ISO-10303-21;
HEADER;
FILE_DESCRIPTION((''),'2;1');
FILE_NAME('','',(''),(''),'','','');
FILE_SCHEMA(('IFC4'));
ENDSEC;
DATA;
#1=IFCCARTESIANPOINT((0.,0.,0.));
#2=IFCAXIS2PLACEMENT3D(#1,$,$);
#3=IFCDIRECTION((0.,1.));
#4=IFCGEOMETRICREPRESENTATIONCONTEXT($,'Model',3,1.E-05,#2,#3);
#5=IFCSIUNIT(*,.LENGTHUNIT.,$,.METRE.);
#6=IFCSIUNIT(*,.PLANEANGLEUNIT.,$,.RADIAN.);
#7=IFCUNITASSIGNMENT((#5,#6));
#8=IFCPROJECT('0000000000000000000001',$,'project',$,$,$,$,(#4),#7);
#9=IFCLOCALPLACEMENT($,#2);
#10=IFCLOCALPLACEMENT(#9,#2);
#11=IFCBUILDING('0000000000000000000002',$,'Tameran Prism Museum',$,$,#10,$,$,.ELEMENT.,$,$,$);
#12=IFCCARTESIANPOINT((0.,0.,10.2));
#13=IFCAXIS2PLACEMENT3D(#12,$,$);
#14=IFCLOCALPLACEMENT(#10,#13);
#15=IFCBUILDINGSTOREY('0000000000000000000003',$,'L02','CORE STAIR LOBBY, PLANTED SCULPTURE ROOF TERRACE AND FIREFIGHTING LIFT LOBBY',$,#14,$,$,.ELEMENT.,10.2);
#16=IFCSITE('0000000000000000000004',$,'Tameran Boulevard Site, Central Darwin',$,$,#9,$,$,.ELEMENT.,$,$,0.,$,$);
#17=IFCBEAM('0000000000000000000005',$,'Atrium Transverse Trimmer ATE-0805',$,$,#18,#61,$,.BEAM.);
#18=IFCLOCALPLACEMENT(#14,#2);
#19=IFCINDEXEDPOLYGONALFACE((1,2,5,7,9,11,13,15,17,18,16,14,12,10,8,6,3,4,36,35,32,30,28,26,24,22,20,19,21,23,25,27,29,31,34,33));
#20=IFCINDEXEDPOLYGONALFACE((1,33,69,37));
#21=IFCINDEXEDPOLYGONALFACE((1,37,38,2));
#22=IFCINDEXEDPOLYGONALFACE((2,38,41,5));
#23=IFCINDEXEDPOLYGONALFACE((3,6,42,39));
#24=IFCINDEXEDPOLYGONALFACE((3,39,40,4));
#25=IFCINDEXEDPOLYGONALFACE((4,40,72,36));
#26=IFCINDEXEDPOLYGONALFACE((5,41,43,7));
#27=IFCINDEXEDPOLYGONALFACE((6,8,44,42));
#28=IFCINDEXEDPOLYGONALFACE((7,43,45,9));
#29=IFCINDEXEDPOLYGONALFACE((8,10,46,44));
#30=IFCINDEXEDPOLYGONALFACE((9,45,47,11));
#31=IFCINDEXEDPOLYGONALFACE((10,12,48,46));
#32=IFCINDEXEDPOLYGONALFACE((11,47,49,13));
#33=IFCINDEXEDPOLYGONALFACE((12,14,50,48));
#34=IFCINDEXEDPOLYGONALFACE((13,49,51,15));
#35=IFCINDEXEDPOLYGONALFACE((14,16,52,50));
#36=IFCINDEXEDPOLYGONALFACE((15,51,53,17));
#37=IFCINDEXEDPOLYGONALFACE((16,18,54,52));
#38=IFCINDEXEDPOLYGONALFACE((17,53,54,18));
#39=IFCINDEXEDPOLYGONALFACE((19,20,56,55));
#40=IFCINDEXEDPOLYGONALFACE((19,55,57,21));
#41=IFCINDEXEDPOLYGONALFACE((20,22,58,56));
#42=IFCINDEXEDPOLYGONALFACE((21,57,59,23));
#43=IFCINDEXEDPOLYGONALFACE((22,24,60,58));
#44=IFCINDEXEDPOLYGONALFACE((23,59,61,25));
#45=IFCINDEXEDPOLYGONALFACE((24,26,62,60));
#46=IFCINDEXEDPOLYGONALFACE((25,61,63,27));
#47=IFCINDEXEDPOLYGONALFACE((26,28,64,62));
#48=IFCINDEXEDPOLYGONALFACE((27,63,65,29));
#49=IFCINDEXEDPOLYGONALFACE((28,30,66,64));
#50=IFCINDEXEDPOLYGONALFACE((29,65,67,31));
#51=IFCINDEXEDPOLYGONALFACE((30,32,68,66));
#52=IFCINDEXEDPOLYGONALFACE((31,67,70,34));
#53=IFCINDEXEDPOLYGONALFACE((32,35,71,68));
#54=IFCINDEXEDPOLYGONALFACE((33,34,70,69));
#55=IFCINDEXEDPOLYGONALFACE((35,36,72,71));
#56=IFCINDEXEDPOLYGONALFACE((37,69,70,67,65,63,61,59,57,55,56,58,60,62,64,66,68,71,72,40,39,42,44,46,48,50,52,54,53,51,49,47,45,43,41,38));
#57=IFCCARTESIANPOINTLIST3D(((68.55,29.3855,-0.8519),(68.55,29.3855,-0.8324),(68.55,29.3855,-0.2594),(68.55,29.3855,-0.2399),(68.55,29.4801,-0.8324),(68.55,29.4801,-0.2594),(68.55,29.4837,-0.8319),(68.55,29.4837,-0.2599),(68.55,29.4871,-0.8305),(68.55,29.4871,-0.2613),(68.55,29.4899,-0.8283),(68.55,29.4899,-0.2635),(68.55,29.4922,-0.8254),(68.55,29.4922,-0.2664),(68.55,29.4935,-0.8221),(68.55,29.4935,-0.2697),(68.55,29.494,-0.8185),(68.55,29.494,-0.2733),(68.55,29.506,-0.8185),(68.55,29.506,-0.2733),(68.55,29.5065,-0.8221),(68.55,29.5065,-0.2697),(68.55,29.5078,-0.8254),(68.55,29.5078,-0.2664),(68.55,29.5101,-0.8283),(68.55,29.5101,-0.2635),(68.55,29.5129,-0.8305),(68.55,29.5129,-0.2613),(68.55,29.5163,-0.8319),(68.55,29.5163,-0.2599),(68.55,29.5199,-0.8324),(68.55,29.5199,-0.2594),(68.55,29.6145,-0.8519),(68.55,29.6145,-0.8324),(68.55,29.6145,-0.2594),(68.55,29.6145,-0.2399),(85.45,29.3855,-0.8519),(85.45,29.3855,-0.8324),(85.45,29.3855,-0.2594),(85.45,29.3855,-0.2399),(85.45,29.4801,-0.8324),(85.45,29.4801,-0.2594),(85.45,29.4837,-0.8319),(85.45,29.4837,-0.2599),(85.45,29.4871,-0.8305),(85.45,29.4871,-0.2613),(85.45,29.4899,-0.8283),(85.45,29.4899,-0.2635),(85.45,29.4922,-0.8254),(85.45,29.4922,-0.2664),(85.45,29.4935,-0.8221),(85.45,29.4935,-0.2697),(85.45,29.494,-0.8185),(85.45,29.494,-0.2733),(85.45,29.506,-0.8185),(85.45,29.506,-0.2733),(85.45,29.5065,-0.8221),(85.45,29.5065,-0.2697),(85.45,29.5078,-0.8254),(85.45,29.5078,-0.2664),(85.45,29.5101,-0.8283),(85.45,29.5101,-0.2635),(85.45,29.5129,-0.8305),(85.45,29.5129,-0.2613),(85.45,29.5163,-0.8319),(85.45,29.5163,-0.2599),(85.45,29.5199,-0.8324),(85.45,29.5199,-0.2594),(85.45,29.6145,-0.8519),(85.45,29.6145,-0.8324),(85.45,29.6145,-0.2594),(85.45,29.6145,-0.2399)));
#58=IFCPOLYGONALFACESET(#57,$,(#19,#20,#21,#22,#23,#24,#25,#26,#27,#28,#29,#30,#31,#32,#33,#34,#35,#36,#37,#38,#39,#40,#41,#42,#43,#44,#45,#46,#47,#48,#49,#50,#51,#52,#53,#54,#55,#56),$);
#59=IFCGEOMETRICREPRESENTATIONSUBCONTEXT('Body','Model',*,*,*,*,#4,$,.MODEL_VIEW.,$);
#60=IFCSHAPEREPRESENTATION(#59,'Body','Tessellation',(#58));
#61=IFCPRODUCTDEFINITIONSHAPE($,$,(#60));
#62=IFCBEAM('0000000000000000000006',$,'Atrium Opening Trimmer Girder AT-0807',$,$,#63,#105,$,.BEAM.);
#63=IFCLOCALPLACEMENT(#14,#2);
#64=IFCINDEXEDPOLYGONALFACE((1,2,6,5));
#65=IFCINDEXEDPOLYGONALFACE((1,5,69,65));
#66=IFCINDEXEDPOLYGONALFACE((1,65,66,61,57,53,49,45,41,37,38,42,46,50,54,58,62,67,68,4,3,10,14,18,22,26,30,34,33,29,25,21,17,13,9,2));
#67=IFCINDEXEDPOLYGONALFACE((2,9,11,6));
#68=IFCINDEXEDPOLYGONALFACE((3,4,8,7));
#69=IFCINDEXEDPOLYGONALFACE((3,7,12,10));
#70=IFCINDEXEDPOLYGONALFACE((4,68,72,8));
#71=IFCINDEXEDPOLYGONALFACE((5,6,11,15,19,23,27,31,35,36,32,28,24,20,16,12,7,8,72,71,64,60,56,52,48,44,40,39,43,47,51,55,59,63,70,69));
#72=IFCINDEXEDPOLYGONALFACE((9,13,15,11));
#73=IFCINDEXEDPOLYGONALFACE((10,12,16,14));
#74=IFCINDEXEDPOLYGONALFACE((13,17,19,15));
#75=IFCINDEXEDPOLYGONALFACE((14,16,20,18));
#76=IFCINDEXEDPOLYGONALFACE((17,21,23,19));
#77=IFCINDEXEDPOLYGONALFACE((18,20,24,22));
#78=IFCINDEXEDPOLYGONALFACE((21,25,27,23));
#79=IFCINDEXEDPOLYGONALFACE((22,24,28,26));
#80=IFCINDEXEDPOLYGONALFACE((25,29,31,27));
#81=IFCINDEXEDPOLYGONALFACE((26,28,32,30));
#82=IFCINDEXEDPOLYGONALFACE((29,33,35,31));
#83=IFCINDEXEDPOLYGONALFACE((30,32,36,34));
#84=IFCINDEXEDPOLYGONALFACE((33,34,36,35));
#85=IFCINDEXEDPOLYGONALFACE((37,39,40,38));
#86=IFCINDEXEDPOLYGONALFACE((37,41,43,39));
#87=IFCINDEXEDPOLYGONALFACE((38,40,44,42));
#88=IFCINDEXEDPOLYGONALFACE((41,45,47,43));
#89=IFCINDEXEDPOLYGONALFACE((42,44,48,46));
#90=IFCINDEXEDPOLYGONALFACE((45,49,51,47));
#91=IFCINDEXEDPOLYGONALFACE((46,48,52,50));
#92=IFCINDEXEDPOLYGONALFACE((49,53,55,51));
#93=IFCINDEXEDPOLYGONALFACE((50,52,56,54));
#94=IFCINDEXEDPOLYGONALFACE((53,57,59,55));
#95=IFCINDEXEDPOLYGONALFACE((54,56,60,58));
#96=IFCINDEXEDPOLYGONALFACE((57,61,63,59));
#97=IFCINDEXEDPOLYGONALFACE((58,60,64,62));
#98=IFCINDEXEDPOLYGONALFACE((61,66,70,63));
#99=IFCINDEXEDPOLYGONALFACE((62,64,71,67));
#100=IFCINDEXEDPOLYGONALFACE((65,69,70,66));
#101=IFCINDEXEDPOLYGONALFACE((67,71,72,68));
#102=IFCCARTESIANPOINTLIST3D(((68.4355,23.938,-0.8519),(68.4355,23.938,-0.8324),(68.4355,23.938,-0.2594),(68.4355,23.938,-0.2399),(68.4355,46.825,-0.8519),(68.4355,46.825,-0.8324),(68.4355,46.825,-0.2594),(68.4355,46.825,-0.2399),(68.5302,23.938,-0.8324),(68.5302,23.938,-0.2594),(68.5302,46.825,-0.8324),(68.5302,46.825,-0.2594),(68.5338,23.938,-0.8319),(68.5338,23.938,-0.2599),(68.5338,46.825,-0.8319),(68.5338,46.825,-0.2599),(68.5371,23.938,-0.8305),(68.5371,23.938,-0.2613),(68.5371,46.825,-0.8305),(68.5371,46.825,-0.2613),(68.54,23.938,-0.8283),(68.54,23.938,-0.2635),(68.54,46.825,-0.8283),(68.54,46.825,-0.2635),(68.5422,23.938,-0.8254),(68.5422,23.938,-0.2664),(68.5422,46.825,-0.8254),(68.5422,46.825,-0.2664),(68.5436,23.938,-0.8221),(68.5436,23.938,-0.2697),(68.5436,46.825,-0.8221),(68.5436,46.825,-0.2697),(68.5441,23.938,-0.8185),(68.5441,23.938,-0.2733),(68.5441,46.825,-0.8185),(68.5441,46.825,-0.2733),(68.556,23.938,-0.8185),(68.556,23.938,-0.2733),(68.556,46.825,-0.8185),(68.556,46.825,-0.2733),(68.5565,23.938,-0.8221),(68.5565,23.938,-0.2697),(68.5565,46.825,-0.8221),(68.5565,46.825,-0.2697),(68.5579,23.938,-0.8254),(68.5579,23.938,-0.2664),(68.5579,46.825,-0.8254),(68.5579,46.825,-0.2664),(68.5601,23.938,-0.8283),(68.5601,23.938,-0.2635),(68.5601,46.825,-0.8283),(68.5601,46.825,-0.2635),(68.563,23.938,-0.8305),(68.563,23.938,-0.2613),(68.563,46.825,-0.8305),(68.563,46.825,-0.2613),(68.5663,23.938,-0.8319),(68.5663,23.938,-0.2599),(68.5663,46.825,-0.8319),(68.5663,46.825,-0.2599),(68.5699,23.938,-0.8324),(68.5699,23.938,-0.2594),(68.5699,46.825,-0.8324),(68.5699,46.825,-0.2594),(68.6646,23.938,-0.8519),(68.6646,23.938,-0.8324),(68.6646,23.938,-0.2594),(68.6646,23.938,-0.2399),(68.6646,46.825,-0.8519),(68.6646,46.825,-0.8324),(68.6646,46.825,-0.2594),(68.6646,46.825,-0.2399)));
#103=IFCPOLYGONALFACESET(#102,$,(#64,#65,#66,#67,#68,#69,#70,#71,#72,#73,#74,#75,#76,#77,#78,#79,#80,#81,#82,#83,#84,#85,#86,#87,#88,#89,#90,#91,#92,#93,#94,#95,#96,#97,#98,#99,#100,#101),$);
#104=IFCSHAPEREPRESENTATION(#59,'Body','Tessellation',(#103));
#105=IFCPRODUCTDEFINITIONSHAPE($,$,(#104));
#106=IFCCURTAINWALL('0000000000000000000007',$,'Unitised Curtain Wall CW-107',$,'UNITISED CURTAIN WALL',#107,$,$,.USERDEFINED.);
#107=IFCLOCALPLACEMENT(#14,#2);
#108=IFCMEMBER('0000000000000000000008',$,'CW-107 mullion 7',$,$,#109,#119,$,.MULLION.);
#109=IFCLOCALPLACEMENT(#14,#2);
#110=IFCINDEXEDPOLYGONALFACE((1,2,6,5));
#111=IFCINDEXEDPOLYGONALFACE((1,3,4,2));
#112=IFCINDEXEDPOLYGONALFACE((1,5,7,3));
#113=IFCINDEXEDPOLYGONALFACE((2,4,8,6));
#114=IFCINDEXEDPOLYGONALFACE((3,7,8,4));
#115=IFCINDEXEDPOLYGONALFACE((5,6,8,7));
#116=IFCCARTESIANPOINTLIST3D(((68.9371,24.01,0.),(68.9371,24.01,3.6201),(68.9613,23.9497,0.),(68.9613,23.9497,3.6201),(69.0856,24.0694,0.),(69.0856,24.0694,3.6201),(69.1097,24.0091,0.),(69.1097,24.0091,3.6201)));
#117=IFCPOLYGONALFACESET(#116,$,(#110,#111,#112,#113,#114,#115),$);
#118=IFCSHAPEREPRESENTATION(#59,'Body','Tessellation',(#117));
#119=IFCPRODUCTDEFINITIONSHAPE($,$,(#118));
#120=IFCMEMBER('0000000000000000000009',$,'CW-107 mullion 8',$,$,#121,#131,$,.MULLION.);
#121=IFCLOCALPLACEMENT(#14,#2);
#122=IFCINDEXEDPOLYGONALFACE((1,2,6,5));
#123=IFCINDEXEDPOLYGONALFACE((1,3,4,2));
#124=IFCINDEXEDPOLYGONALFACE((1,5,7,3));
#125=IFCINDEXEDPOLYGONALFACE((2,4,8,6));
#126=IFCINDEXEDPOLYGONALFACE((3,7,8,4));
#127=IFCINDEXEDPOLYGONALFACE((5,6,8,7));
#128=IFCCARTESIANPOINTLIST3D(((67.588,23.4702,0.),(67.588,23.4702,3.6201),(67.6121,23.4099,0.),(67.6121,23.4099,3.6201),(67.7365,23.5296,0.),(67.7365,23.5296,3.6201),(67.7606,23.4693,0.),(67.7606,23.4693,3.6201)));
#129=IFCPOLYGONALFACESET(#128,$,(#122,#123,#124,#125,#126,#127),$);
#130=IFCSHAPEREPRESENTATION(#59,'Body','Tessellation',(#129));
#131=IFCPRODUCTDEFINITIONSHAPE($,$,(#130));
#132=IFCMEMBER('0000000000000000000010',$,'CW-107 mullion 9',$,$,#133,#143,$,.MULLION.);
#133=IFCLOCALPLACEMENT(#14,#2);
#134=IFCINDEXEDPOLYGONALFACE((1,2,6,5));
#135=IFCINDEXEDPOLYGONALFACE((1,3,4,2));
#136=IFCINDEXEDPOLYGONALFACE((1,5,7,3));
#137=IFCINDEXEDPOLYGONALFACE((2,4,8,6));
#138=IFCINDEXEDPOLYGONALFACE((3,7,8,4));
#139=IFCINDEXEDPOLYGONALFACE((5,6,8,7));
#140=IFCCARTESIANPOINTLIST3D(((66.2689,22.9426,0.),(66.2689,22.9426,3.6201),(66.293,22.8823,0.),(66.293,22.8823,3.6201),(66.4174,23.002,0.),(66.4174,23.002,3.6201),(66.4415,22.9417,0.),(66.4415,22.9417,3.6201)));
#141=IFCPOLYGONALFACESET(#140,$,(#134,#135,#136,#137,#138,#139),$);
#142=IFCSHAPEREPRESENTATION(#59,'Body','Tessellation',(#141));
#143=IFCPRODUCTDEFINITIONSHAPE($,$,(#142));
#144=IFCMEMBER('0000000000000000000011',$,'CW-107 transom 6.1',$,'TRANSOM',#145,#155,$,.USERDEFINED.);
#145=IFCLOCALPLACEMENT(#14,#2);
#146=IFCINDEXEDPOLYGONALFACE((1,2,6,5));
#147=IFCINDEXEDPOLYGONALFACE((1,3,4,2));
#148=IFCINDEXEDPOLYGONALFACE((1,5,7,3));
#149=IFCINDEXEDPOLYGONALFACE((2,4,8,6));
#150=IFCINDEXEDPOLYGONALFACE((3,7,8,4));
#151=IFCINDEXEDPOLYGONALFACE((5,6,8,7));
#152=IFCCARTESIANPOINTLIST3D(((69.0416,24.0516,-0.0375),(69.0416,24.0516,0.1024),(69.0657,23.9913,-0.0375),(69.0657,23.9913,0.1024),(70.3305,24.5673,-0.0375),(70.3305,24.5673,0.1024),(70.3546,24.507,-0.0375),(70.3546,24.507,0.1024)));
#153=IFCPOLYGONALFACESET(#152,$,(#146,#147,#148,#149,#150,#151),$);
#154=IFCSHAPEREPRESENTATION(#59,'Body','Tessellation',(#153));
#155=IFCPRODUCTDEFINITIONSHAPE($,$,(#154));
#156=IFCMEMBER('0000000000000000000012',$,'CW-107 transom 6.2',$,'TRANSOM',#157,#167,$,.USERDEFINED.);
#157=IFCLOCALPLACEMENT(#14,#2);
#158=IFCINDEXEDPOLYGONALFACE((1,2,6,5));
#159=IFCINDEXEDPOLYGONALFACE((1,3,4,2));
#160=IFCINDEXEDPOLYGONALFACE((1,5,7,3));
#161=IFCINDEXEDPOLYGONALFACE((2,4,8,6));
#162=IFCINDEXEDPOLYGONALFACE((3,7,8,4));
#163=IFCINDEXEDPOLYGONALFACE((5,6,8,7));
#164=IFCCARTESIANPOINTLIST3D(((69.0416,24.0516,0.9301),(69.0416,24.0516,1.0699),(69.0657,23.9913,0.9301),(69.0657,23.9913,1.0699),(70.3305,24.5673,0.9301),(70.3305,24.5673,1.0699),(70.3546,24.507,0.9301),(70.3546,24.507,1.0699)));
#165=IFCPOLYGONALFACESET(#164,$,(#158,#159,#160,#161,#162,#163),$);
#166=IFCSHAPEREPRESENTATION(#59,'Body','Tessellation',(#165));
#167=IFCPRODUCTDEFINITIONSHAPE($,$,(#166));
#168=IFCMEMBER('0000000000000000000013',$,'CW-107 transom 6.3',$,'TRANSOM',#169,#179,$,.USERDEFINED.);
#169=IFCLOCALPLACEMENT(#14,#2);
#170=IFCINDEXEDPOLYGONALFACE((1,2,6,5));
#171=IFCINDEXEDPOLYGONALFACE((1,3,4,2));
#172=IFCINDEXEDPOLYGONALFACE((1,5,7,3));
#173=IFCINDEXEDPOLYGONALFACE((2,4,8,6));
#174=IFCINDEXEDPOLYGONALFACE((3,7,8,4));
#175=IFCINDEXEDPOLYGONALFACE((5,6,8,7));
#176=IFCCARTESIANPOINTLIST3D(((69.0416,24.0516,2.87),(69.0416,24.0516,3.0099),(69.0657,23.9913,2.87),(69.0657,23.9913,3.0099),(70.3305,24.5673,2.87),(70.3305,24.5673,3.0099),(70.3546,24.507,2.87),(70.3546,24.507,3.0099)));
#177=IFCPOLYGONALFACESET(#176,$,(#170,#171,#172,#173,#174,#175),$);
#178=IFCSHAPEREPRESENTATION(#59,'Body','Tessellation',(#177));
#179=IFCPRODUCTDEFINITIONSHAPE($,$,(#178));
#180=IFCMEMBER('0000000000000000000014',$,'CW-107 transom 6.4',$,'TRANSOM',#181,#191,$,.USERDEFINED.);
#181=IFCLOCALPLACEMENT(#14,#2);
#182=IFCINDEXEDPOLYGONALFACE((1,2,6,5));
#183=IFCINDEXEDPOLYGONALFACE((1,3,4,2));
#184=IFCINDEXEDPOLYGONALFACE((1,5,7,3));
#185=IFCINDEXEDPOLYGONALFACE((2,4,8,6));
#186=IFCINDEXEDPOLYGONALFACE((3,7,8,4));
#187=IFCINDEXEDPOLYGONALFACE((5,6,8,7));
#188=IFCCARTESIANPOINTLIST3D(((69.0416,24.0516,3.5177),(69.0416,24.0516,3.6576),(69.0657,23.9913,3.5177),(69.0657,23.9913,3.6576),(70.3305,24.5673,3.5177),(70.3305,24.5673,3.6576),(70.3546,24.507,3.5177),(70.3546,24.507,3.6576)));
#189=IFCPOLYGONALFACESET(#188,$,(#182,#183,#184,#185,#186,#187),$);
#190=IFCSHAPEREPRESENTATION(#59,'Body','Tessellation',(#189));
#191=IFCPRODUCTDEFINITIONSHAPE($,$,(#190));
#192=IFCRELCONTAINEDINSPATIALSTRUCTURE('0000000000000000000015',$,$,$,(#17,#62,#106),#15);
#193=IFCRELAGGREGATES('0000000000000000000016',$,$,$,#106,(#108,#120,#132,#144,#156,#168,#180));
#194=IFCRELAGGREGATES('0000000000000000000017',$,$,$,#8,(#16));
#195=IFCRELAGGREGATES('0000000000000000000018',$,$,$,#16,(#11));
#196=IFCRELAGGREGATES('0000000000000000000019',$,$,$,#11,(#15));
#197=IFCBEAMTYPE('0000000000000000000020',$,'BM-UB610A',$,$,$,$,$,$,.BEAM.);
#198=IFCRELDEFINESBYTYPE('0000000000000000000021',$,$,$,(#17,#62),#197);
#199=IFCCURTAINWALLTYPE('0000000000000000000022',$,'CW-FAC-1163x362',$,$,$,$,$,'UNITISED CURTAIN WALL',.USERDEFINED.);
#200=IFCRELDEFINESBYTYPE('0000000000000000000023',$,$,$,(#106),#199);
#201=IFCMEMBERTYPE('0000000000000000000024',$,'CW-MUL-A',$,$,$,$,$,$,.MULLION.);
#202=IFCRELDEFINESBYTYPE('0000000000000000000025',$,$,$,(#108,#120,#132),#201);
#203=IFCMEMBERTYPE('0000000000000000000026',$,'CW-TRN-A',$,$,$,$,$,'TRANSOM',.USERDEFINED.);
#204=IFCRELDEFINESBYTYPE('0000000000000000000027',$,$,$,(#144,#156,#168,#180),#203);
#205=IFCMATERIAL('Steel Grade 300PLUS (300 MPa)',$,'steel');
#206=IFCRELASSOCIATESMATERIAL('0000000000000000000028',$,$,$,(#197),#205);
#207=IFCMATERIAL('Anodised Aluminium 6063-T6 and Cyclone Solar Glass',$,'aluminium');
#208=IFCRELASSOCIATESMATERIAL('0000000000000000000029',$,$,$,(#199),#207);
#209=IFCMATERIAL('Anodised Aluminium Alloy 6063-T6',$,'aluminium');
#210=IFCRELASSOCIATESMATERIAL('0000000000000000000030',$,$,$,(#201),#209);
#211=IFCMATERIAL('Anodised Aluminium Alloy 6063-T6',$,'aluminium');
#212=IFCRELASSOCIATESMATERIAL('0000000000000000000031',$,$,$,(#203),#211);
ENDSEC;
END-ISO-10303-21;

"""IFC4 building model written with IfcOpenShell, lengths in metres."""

from ifc_helpers import new_model, si_unit, direction, frame, origin, origin_2d, place, context, subcontext, project, spatial, rectangle, i_section, extrude, material, material_profile, profile_set, type_object, element, aggregate, save


model = new_model("IFC4")

# Units and contexts
model_context = context("Model", 3, precision=1e-05, world=origin(), true_north=direction((0.0, 1.0)))
body_context = subcontext(model_context, "Body", "Model", "MODEL_VIEW")
ifc_project = project(units=[si_unit("LENGTHUNIT", "METRE"), si_unit("PLANEANGLEUNIT", "RADIAN")], contexts=[model_context])

# Site, building, storey
site_placement = place(None, origin())
site = spatial("IfcSite", under=ifc_project, at=site_placement, Name="Tameran Boulevard Site, Central Darwin", CompositionType="ELEMENT", RefElevation=0.0)
building_placement = place(site_placement, origin())
building = spatial("IfcBuilding", under=site, at=building_placement, Name="Tameran Prism Museum", CompositionType="ELEMENT")
storey_placement = place(building_placement, frame((0.0, 0.0, 10.2)))
storey = spatial("IfcBuildingStorey", under=building, at=storey_placement, Name="L02", Description="CORE STAIR LOBBY, PLANTED SCULPTURE ROOF TERRACE AND FIREFIGHTING LIFT LOBBY", CompositionType="ELEMENT", Elevation=10.2)

# Beams
ifc_material_1 = material(Name="Steel Grade 300PLUS (300 MPa)", Category="steel")
ifc_material_profile_1 = material_profile(ifc_material_1, i_section(OverallWidth=0.229, OverallDepth=0.6121, WebThickness=0.012, FlangeThickness=0.0195, FilletRadius=0.0139, at=origin_2d()))
ifc_profile_set_1 = profile_set([ifc_material_profile_1])
beam_type = type_object("IfcBeamType", Name="BM-UB610A", PredefinedType="BEAM", material=ifc_profile_set_1)
beam_1_placement = place(storey_placement, frame((68.55, 29.5, -0.5459), z_axis=(1.0, 0.0, 0.0), x_axis=(0.0, 1.0, 0.0)))
element("IfcBeam", 1, at=beam_1_placement, inside=storey, type_object=beam_type, Name="Atrium Transverse Trimmer ATE-0805", PredefinedType="BEAM", context=body_context, shape_type="SweptSolid", body=[
    extrude(i_section(OverallWidth=0.229, OverallDepth=0.6121, WebThickness=0.012, FlangeThickness=0.0195, FilletRadius=0.0139, at=origin_2d()), origin(), (0.0, 0.0, 1.0), 16.8999),
])
beam_2_placement = place(storey_placement, frame((68.55, 23.938, -0.5459), z_axis=(0.0, 1.0, 0.0), x_axis=(-1.0, 0.0, 0.0)))
element("IfcBeam", 2, at=beam_2_placement, inside=storey, type_object=beam_type, Name="Atrium Opening Trimmer Girder AT-0807", PredefinedType="BEAM", context=body_context, shape_type="SweptSolid", body=[
    extrude(i_section(OverallWidth=0.229, OverallDepth=0.6121, WebThickness=0.012, FlangeThickness=0.0195, FilletRadius=0.0139, at=origin_2d()), origin(), (0.0, 0.0, 1.0), 22.887),
])

# Curtain wall, members
ifc_material_2 = material(Name="Anodised Aluminium 6063-T6 and Cyclone Solar Glass", Category="aluminium")
curtain_wall_type = type_object("IfcCurtainWallType", Name="CW-FAC-1163x362", ElementType="UNITISED CURTAIN WALL", PredefinedType="USERDEFINED", material=ifc_material_2)
curtain_wall_placement = place(storey_placement, origin())
curtain_wall = element("IfcCurtainWall", 3, at=curtain_wall_placement, inside=storey, type_object=curtain_wall_type, Name="Unitised Curtain Wall CW-107", ObjectType="UNITISED CURTAIN WALL", PredefinedType="USERDEFINED")
ifc_material_3 = material(Name="Anodised Aluminium Alloy 6063-T6", Category="aluminium")
ifc_material_profile_2 = material_profile(ifc_material_3, rectangle(XDim=0.0649, YDim=0.1599, at=origin_2d()))
ifc_profile_set_2 = profile_set([ifc_material_profile_2])
member_type_1 = type_object("IfcMemberType", Name="CW-MUL-A", PredefinedType="MULLION", material=ifc_profile_set_2)
member_1_placement = place(storey_placement, frame((69.0234, 24.0095, 0.0), z_axis=(0.0, 0.0, 1.0), x_axis=(0.37142, -0.928465, 0.0)))
member_1 = element("IfcMember", 4, at=member_1_placement, type_object=member_type_1, Name="CW-107 mullion 7", PredefinedType="MULLION", context=body_context, shape_type="SweptSolid", body=[
    extrude(rectangle(XDim=0.0649, YDim=0.1599, at=origin_2d()), origin(), (0.0, 0.0, 1.0), 3.6201),
])
member_2_placement = place(storey_placement, frame((67.6743, 23.4697, 0.0), z_axis=(0.0, 0.0, 1.0), x_axis=(0.37142, -0.928465, 0.0)))
member_2 = element("IfcMember", 5, at=member_2_placement, type_object=member_type_1, Name="CW-107 mullion 8", PredefinedType="MULLION", context=body_context, shape_type="SweptSolid", body=[
    extrude(rectangle(XDim=0.0649, YDim=0.1599, at=origin_2d()), origin(), (0.0, 0.0, 1.0), 3.6201),
])
member_3_placement = place(storey_placement, frame((66.3552, 22.9421, 0.0), z_axis=(0.0, 0.0, 1.0), x_axis=(0.37142, -0.928465, 0.0)))
member_3 = element("IfcMember", 6, at=member_3_placement, type_object=member_type_1, Name="CW-107 mullion 9", PredefinedType="MULLION", context=body_context, shape_type="SweptSolid", body=[
    extrude(rectangle(XDim=0.0649, YDim=0.1599, at=origin_2d()), origin(), (0.0, 0.0, 1.0), 3.6201),
])
ifc_material_4 = material(Name="Anodised Aluminium Alloy 6063-T6", Category="aluminium")
ifc_material_profile_3 = material_profile(ifc_material_4, rectangle(XDim=0.0649, YDim=0.1399, at=origin_2d()))
ifc_profile_set_3 = profile_set([ifc_material_profile_3])
member_type_2 = type_object("IfcMemberType", Name="CW-TRN-A", ElementType="TRANSOM", PredefinedType="USERDEFINED", material=ifc_profile_set_3)
member_4_placement = place(storey_placement, frame((70.3425, 24.5371, 0.0325), z_axis=(-0.928452, -0.371451, 0.0), x_axis=(0.371451, -0.928452, 0.0)))
member_4 = element("IfcMember", 7, at=member_4_placement, type_object=member_type_2, Name="CW-107 transom 6.1", ObjectType="TRANSOM", PredefinedType="USERDEFINED", context=body_context, shape_type="SweptSolid", body=[
    extrude(rectangle(XDim=0.0649, YDim=0.1399, at=origin_2d()), origin(), (0.0, 0.0, 1.0), 1.3882),
])
member_5_placement = place(storey_placement, frame((70.3425, 24.5371, 1.0), z_axis=(-0.928452, -0.371451, 0.0), x_axis=(0.371451, -0.928452, 0.0)))
member_5 = element("IfcMember", 8, at=member_5_placement, type_object=member_type_2, Name="CW-107 transom 6.2", ObjectType="TRANSOM", PredefinedType="USERDEFINED", context=body_context, shape_type="SweptSolid", body=[
    extrude(rectangle(XDim=0.0649, YDim=0.1399, at=origin_2d()), origin(), (0.0, 0.0, 1.0), 1.3882),
])
member_6_placement = place(storey_placement, frame((70.3425, 24.5371, 2.9399), z_axis=(-0.928452, -0.371451, 0.0), x_axis=(0.371451, -0.928452, 0.0)))
member_6 = element("IfcMember", 9, at=member_6_placement, type_object=member_type_2, Name="CW-107 transom 6.3", ObjectType="TRANSOM", PredefinedType="USERDEFINED", context=body_context, shape_type="SweptSolid", body=[
    extrude(rectangle(XDim=0.0649, YDim=0.1399, at=origin_2d()), origin(), (0.0, 0.0, 1.0), 1.3882),
])
member_7_placement = place(storey_placement, frame((70.3425, 24.5371, 3.5876), z_axis=(-0.928452, -0.371451, 0.0), x_axis=(0.371451, -0.928452, 0.0)))
member_7 = element("IfcMember", 10, at=member_7_placement, type_object=member_type_2, Name="CW-107 transom 6.4", ObjectType="TRANSOM", PredefinedType="USERDEFINED", context=body_context, shape_type="SweptSolid", body=[
    extrude(rectangle(XDim=0.0649, YDim=0.1399, at=origin_2d()), origin(), (0.0, 0.0, 1.0), 1.3882),
])
aggregate(curtain_wall, [member_1, member_2, member_3, member_4, member_5, member_6, member_7])

save(model, "model.ifc")
